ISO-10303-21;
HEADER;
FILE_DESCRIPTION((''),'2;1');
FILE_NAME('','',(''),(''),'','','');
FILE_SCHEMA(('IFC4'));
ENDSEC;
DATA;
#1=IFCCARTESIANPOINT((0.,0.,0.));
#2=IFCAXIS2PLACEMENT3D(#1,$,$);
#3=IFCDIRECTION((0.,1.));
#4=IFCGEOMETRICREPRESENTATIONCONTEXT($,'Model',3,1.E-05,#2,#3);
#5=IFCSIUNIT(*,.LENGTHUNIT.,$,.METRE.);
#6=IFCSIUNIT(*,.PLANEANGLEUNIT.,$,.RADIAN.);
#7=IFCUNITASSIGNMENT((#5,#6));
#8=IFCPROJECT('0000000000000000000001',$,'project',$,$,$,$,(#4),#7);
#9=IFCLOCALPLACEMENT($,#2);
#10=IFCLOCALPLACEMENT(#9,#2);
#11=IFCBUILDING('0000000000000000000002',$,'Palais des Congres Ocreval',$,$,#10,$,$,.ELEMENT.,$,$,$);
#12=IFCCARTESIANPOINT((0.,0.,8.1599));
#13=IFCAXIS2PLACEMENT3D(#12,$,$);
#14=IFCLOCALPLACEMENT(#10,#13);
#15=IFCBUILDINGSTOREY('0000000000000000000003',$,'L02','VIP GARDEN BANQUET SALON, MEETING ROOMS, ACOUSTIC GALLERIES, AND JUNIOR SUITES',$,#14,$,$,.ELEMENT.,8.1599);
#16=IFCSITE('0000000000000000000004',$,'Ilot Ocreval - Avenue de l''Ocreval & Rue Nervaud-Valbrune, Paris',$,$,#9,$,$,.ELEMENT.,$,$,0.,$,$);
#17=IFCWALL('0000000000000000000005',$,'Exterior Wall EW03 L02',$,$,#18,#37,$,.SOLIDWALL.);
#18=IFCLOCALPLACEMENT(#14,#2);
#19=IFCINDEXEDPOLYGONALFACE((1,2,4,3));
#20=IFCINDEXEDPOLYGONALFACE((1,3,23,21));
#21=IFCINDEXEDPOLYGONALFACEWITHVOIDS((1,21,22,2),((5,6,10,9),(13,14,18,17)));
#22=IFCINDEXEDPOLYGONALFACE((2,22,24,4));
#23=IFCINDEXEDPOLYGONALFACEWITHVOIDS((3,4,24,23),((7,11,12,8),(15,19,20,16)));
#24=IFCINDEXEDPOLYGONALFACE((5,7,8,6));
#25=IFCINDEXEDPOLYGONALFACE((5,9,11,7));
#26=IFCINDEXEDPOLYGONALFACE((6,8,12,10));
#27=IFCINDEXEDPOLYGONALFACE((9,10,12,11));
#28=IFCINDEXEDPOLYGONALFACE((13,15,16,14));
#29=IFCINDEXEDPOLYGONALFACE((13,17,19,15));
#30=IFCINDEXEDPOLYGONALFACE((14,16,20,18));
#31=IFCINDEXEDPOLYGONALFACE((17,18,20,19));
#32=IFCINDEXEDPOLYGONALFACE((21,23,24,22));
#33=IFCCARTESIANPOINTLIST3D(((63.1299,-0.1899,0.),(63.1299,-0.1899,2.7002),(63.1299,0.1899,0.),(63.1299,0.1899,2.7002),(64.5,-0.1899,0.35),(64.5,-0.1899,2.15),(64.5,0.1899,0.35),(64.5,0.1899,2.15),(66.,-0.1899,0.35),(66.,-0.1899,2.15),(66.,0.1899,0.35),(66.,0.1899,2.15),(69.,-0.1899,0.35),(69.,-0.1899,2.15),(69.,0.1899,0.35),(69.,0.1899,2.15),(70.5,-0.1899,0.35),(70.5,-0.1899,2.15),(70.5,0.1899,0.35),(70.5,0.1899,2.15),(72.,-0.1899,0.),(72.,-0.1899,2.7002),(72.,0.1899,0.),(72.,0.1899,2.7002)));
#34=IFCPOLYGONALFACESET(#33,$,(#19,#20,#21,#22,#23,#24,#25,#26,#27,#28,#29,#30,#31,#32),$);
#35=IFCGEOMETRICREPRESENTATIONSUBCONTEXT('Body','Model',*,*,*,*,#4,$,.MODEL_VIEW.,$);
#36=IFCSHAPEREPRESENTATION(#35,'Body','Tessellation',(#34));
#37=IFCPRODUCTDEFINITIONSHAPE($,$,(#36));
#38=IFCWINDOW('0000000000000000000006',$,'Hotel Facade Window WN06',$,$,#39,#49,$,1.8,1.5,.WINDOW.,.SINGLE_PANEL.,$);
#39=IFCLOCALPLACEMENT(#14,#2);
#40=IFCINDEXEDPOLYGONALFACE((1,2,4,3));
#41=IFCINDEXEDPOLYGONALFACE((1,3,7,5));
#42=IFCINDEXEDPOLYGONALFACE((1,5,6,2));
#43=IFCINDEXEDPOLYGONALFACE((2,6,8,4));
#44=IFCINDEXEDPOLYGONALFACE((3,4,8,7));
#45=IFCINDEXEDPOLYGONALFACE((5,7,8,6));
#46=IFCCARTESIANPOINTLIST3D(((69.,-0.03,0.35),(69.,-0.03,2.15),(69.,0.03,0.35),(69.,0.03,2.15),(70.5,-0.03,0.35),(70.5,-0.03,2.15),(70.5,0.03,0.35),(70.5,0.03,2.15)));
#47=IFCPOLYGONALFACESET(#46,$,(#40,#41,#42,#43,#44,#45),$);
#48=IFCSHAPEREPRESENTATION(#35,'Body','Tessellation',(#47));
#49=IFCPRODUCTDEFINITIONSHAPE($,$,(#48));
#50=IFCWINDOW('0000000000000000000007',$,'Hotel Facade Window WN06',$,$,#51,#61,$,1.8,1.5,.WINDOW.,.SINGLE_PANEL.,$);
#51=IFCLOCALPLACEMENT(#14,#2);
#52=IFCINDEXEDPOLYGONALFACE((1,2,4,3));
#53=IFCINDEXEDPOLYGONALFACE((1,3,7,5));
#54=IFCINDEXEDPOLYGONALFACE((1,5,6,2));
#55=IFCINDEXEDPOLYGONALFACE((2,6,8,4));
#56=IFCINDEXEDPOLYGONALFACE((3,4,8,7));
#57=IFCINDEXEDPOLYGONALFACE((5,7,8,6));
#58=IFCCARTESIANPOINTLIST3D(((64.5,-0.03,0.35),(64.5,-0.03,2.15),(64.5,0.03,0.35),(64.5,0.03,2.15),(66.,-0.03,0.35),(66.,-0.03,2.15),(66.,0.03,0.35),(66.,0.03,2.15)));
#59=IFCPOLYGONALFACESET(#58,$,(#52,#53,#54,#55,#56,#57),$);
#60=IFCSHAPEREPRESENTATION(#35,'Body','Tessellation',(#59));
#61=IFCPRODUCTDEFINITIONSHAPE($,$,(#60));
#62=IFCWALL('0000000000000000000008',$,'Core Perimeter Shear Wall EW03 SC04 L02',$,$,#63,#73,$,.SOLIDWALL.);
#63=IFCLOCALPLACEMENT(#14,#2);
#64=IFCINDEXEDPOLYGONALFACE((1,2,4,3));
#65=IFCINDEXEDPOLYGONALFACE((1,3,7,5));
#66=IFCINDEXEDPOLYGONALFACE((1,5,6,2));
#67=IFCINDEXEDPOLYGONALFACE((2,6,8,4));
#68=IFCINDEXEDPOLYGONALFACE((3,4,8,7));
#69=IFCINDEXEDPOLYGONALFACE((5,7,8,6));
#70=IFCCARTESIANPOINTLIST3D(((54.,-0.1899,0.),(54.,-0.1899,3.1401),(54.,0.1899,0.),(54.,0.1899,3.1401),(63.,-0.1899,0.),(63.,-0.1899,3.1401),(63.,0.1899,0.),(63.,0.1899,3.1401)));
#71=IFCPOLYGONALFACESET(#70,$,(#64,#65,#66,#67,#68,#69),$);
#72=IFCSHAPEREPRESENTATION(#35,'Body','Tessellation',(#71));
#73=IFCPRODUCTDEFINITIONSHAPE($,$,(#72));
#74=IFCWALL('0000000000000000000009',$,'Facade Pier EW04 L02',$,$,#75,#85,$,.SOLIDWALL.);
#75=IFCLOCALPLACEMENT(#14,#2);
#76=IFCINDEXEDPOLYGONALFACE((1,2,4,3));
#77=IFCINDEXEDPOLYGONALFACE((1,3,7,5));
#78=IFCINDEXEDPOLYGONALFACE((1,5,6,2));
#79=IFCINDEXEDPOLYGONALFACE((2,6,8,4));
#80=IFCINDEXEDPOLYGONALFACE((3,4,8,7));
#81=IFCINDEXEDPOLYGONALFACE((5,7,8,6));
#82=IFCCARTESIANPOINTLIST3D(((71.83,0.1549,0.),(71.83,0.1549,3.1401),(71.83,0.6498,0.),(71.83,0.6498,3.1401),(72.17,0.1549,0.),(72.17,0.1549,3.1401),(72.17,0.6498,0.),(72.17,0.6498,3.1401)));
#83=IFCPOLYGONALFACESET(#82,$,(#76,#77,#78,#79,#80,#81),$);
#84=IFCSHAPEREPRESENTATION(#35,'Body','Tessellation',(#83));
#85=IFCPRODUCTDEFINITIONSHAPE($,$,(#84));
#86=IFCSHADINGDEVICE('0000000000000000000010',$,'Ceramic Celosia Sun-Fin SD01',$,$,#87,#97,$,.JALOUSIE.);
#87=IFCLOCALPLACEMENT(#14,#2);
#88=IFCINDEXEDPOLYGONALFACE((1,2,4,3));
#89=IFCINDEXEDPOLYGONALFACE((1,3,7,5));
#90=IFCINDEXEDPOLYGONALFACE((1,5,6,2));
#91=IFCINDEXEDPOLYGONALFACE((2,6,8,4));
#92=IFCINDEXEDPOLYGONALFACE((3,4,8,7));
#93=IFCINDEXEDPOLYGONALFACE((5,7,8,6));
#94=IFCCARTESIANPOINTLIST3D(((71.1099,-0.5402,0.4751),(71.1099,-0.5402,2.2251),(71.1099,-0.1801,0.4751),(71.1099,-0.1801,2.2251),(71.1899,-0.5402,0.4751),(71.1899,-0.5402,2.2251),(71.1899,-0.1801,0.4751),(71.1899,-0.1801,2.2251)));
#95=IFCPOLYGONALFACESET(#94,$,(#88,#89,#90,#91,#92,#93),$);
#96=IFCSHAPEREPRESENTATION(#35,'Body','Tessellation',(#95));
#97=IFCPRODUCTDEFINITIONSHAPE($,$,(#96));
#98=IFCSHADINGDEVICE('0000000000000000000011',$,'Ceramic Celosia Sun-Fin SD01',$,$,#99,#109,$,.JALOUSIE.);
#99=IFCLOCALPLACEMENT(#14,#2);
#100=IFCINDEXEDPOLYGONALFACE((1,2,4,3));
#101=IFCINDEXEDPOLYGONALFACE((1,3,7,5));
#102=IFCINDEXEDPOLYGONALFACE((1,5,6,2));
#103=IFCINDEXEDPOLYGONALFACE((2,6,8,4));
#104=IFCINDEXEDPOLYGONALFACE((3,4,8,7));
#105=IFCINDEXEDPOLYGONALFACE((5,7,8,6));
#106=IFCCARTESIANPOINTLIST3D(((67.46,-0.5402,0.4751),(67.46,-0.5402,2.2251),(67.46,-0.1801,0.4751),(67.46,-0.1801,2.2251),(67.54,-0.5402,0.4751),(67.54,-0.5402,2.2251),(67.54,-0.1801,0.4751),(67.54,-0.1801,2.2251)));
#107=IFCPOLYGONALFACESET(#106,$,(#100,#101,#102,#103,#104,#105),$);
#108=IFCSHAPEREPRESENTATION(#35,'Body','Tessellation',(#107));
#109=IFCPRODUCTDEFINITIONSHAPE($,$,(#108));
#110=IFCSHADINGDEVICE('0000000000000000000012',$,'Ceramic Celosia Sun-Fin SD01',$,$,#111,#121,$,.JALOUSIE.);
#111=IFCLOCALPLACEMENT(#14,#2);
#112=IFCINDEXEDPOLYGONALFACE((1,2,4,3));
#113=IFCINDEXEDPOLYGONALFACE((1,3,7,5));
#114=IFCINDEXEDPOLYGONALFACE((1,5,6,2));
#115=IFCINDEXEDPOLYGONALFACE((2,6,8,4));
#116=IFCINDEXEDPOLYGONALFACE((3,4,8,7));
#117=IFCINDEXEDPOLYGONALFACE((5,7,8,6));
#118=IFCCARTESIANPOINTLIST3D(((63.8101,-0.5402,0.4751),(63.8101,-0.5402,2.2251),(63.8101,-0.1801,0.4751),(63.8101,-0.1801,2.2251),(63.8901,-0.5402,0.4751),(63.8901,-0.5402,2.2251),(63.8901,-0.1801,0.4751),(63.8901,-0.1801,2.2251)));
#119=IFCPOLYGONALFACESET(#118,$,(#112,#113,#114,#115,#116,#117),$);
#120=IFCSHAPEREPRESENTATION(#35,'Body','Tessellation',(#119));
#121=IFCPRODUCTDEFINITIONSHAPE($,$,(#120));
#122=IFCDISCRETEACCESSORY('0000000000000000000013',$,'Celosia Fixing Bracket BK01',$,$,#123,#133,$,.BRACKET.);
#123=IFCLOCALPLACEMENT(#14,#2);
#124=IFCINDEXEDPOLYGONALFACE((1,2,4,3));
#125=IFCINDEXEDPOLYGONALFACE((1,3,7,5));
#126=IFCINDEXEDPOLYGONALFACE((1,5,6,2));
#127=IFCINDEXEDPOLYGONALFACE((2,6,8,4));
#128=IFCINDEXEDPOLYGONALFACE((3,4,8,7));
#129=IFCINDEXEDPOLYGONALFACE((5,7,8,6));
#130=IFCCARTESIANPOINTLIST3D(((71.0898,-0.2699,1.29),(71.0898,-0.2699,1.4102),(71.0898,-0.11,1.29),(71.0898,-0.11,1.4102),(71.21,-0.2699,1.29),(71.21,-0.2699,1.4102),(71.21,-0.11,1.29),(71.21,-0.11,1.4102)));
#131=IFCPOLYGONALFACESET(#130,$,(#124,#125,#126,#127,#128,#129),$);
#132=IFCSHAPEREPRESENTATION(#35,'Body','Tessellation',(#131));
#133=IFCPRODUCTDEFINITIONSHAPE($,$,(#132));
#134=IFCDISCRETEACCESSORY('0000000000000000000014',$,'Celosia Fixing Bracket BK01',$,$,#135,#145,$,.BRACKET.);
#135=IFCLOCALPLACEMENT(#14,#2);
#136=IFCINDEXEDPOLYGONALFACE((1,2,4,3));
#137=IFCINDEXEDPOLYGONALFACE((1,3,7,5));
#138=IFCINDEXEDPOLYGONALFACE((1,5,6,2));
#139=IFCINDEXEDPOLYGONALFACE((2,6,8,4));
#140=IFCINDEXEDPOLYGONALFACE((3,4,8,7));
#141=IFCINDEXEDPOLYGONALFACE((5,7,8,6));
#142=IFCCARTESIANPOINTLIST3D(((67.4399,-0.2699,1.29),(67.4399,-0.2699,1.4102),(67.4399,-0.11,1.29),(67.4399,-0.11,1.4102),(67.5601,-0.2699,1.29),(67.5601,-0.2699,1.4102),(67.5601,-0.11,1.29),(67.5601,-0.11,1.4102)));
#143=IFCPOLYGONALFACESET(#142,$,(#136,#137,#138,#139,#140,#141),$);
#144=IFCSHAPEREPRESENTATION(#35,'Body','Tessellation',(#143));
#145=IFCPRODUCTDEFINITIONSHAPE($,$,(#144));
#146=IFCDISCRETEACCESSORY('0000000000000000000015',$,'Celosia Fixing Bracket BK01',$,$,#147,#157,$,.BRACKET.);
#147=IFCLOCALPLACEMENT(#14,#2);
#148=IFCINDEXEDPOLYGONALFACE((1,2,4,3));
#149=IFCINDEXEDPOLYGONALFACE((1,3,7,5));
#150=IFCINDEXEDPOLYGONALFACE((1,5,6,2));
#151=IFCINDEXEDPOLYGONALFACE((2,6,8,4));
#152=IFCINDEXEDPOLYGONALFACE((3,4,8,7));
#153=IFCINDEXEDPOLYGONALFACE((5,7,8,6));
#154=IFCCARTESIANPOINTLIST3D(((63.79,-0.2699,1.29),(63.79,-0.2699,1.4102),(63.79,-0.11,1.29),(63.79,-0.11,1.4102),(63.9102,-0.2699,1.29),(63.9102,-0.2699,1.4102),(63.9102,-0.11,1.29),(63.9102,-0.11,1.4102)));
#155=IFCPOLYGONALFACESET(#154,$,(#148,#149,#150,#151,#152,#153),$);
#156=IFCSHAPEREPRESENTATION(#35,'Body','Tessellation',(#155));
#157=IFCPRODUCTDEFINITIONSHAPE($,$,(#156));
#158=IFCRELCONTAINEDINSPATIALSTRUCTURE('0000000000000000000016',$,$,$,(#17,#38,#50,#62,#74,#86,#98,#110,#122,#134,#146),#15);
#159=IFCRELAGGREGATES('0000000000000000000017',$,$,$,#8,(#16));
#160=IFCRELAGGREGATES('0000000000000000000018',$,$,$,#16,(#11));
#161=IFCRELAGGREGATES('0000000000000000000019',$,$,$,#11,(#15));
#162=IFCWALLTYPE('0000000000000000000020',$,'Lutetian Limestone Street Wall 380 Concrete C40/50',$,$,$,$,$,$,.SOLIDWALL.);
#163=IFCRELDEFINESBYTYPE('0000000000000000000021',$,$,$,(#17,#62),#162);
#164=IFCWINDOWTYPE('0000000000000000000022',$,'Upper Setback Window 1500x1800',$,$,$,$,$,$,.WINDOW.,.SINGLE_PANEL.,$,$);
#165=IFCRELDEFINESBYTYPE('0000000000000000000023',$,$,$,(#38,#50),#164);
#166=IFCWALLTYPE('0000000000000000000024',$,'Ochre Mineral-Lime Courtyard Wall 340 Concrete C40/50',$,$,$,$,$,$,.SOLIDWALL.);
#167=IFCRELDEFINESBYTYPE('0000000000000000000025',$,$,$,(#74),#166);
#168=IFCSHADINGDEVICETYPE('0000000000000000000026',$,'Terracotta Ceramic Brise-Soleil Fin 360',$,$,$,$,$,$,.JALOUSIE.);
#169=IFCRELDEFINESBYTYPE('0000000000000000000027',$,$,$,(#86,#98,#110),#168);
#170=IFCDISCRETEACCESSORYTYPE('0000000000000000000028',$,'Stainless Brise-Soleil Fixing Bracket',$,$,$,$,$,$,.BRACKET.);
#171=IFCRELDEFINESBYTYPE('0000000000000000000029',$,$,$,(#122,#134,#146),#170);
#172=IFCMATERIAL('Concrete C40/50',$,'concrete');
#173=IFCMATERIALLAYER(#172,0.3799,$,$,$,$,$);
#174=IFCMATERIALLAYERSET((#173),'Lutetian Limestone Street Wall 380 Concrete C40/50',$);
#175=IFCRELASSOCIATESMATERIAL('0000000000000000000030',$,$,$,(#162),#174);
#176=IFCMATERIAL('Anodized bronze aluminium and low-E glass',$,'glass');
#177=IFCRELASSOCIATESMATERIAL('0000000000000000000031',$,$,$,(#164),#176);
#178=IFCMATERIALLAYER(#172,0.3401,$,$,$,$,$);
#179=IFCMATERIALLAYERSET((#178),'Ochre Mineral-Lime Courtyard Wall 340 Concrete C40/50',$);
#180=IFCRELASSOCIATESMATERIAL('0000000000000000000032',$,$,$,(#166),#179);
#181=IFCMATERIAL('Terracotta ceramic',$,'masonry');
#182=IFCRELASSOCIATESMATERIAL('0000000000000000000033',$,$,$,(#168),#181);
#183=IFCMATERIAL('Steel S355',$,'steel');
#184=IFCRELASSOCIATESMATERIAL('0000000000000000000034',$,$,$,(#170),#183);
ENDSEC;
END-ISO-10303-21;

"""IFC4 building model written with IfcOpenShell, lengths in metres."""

from ifc_helpers import new_model, si_unit, direction, frame, frame_2d, origin, origin_2d, place, context, subcontext, project, spatial, rectangle, extrude, material, layer, layer_set, type_object, element, fill, save


model = new_model("IFC4")

# Units and contexts
model_context = context("Model", 3, precision=1e-05, world=origin(), true_north=direction((0.0, 1.0)))
body_context = subcontext(model_context, "Body", "Model", "MODEL_VIEW")
ifc_project = project(units=[si_unit("LENGTHUNIT", "METRE"), si_unit("PLANEANGLEUNIT", "RADIAN")], contexts=[model_context])

# Site, building, storey
site_placement = place(None, origin())
site = spatial("IfcSite", under=ifc_project, at=site_placement, Name="Ilot Ocreval - Avenue de l'Ocreval & Rue Nervaud-Valbrune, Paris", CompositionType="ELEMENT", RefElevation=0.0)
building_placement = place(site_placement, origin())
building = spatial("IfcBuilding", under=site, at=building_placement, Name="Palais des Congres Ocreval", CompositionType="ELEMENT")
storey_placement = place(building_placement, frame((0.0, 0.0, 8.1599)))
storey = spatial("IfcBuildingStorey", under=building, at=storey_placement, Name="L02", Description="VIP GARDEN BANQUET SALON, MEETING ROOMS, ACOUSTIC GALLERIES, AND JUNIOR SUITES", CompositionType="ELEMENT", Elevation=8.1599)

# Shared definitions
ifc_material_1 = material(Name="Steel S355", Category="steel")

# Shared definitions
ifc_material_2 = material(Name="Anodized bronze aluminium and low-E glass", Category="glass")

# Shared definitions
ifc_material_3 = material(Name="Concrete C40/50", Category="concrete")

# Wall, openings, windows
ifc_layer_1 = layer(ifc_material_3, 0.3799)
ifc_layer_set_1 = layer_set([ifc_layer_1], Name="Lutetian Limestone Street Wall 380 Concrete C40/50")
wall_type_1 = type_object("IfcWallType", Name="Lutetian Limestone Street Wall 380 Concrete C40/50", PredefinedType="SOLIDWALL", material=ifc_layer_set_1)
wall_1_placement = place(storey_placement, frame((72.0, 0.0, 0.0), z_axis=(0.0, 0.0, 1.0), x_axis=(-1.0, 0.0, 0.0)))
wall_1 = element("IfcWall", 1, at=wall_1_placement, inside=storey, type_object=wall_type_1, Name="Exterior Wall EW03 L02", PredefinedType="SOLIDWALL", context=body_context, shape_type="SweptSolid", body=[
    extrude(rectangle(XDim=8.8701, YDim=0.3799, at=frame_2d((4.4351, 0.0))), origin(), (0.0, 0.0, 1.0), 2.7002),
])
opening_1_placement = place(wall_1_placement, frame((1.5, 0.0, 0.3501)))
opening_1 = element("IfcOpeningElement", 2, at=opening_1_placement, cuts=wall_1, PredefinedType="OPENING", context=body_context, shape_type="SweptSolid", body=[
    extrude(rectangle(XDim=1.5, YDim=1.8, at=frame_2d((0.75, 0.8999))), frame((0.0, 0.2, 0.0), z_axis=(0.0, -1.0, 0.0), x_axis=(1.0, 0.0, 0.0)), (0.0, 0.0, 1.0), 0.3999),
])
opening_2_placement = place(wall_1_placement, frame((6.0, 0.0, 0.3501)))
opening_2 = element("IfcOpeningElement", 3, at=opening_2_placement, cuts=wall_1, PredefinedType="OPENING", context=body_context, shape_type="SweptSolid", body=[
    extrude(rectangle(XDim=1.5, YDim=1.8, at=frame_2d((0.75, 0.8999))), frame((0.0, 0.2, 0.0), z_axis=(0.0, -1.0, 0.0), x_axis=(1.0, 0.0, 0.0)), (0.0, 0.0, 1.0), 0.3999),
])
window_type = type_object("IfcWindowType", Name="Upper Setback Window 1500x1800", PartitioningType="SINGLE_PANEL", PredefinedType="WINDOW", material=ifc_material_2)
window_1_placement = place(opening_1_placement, origin())
window_1 = element("IfcWindow", 4, at=window_1_placement, inside=storey, type_object=window_type, Name="Hotel Facade Window WN06", OverallHeight=1.8, OverallWidth=1.5, PartitioningType="SINGLE_PANEL", PredefinedType="WINDOW", context=body_context, shape_type="SweptSolid", body=[
    extrude(rectangle(XDim=1.5, YDim=1.8, at=frame_2d((0.75, 0.8999))), frame((0.0, 0.03, 0.0), z_axis=(0.0, -1.0, 0.0), x_axis=(1.0, 0.0, 0.0)), (0.0, 0.0, 1.0), 0.0601),
])
fill(opening_1, window_1)
window_2_placement = place(opening_2_placement, origin())
window_2 = element("IfcWindow", 5, at=window_2_placement, inside=storey, type_object=window_type, Name="Hotel Facade Window WN06", OverallHeight=1.8, OverallWidth=1.5, PartitioningType="SINGLE_PANEL", PredefinedType="WINDOW", context=body_context, shape_type="SweptSolid", body=[
    extrude(rectangle(XDim=1.5, YDim=1.8, at=frame_2d((0.75, 0.8999))), frame((0.0, 0.03, 0.0), z_axis=(0.0, -1.0, 0.0), x_axis=(1.0, 0.0, 0.0)), (0.0, 0.0, 1.0), 0.0601),
])
fill(opening_2, window_2)

# Walls
wall_2_placement = place(storey_placement, frame((63.0, 0.0, 0.0), z_axis=(0.0, 0.0, 1.0), x_axis=(-1.0, 0.0, 0.0)))
element("IfcWall", 6, at=wall_2_placement, inside=storey, type_object=wall_type_1, Name="Core Perimeter Shear Wall EW03 SC04 L02", PredefinedType="SOLIDWALL", context=body_context, shape_type="SweptSolid", body=[
    extrude(rectangle(XDim=9.0, YDim=0.3799, at=frame_2d((4.5, 0.0))), origin(), (0.0, 0.0, 1.0), 3.1401),
])
ifc_layer_2 = layer(ifc_material_3, 0.3401)
ifc_layer_set_2 = layer_set([ifc_layer_2], Name="Ochre Mineral-Lime Courtyard Wall 340 Concrete C40/50")
wall_type_2 = type_object("IfcWallType", Name="Ochre Mineral-Lime Courtyard Wall 340 Concrete C40/50", PredefinedType="SOLIDWALL", material=ifc_layer_set_2)
wall_3_placement = place(storey_placement, frame((72.0, 0.6499, 0.0), z_axis=(0.0, 0.0, 1.0), x_axis=(0.0, -1.0, 0.0)))
element("IfcWall", 7, at=wall_3_placement, inside=storey, type_object=wall_type_2, Name="Facade Pier EW04 L02", PredefinedType="SOLIDWALL", context=body_context, shape_type="SweptSolid", body=[
    extrude(rectangle(XDim=0.4949, YDim=0.3401, at=frame_2d((0.2476, 0.0))), origin(), (0.0, 0.0, 1.0), 3.1401),
])

# Shading devices
ifc_material_4 = material(Name="Terracotta ceramic", Category="masonry")
shading_device_type = type_object("IfcShadingDeviceType", Name="Terracotta Ceramic Brise-Soleil Fin 360", PredefinedType="JALOUSIE", material=ifc_material_4)
for number, where, z_axis, x_axis, name in (
    (8, (71.1499, -0.3601, 0.4751), (0.0, 0.0, 1.0), (0.0, -1.0, 0.0), "Ceramic Celosia Sun-Fin SD01"),
    (9, (67.5, -0.3601, 0.4751), (0.0, 0.0, 1.0), (0.0, -1.0, 0.0), "Ceramic Celosia Sun-Fin SD01"),
    (10, (63.8501, -0.3601, 0.4751), (0.0, 0.0, 1.0), (0.0, -1.0, 0.0), "Ceramic Celosia Sun-Fin SD01"),
):
    element("IfcShadingDevice", number, at=place(storey_placement, frame(where, z_axis=z_axis, x_axis=x_axis)), inside=storey, type_object=shading_device_type, Name=name, PredefinedType="JALOUSIE", context=body_context, shape_type="SweptSolid", body=[
        extrude(rectangle(XDim=0.3601, YDim=0.0801, at=origin_2d()), origin(), (0.0, 0.0, 1.0), 1.75),
    ])

# Discrete accessories
discrete_accessory_type = type_object("IfcDiscreteAccessoryType", Name="Stainless Brise-Soleil Fixing Bracket", PredefinedType="BRACKET", material=ifc_material_1)
for number, where, z_axis, x_axis, name in (
    (11, (71.1499, -0.1899, 1.29), (0.0, 0.0, 1.0), (0.0, -1.0, 0.0), "Celosia Fixing Bracket BK01"),
    (12, (67.5, -0.1899, 1.29), (0.0, 0.0, 1.0), (0.0, -1.0, 0.0), "Celosia Fixing Bracket BK01"),
    (13, (63.8501, -0.1899, 1.29), (0.0, 0.0, 1.0), (0.0, -1.0, 0.0), "Celosia Fixing Bracket BK01"),
):
    element("IfcDiscreteAccessory", number, at=place(storey_placement, frame(where, z_axis=z_axis, x_axis=x_axis)), inside=storey, type_object=discrete_accessory_type, Name=name, PredefinedType="BRACKET", context=body_context, shape_type="SweptSolid", body=[
        extrude(rectangle(XDim=0.1599, YDim=0.1201, at=origin_2d()), origin(), (0.0, 0.0, 1.0), 0.1201),
    ])

save(model, "model.ifc")
